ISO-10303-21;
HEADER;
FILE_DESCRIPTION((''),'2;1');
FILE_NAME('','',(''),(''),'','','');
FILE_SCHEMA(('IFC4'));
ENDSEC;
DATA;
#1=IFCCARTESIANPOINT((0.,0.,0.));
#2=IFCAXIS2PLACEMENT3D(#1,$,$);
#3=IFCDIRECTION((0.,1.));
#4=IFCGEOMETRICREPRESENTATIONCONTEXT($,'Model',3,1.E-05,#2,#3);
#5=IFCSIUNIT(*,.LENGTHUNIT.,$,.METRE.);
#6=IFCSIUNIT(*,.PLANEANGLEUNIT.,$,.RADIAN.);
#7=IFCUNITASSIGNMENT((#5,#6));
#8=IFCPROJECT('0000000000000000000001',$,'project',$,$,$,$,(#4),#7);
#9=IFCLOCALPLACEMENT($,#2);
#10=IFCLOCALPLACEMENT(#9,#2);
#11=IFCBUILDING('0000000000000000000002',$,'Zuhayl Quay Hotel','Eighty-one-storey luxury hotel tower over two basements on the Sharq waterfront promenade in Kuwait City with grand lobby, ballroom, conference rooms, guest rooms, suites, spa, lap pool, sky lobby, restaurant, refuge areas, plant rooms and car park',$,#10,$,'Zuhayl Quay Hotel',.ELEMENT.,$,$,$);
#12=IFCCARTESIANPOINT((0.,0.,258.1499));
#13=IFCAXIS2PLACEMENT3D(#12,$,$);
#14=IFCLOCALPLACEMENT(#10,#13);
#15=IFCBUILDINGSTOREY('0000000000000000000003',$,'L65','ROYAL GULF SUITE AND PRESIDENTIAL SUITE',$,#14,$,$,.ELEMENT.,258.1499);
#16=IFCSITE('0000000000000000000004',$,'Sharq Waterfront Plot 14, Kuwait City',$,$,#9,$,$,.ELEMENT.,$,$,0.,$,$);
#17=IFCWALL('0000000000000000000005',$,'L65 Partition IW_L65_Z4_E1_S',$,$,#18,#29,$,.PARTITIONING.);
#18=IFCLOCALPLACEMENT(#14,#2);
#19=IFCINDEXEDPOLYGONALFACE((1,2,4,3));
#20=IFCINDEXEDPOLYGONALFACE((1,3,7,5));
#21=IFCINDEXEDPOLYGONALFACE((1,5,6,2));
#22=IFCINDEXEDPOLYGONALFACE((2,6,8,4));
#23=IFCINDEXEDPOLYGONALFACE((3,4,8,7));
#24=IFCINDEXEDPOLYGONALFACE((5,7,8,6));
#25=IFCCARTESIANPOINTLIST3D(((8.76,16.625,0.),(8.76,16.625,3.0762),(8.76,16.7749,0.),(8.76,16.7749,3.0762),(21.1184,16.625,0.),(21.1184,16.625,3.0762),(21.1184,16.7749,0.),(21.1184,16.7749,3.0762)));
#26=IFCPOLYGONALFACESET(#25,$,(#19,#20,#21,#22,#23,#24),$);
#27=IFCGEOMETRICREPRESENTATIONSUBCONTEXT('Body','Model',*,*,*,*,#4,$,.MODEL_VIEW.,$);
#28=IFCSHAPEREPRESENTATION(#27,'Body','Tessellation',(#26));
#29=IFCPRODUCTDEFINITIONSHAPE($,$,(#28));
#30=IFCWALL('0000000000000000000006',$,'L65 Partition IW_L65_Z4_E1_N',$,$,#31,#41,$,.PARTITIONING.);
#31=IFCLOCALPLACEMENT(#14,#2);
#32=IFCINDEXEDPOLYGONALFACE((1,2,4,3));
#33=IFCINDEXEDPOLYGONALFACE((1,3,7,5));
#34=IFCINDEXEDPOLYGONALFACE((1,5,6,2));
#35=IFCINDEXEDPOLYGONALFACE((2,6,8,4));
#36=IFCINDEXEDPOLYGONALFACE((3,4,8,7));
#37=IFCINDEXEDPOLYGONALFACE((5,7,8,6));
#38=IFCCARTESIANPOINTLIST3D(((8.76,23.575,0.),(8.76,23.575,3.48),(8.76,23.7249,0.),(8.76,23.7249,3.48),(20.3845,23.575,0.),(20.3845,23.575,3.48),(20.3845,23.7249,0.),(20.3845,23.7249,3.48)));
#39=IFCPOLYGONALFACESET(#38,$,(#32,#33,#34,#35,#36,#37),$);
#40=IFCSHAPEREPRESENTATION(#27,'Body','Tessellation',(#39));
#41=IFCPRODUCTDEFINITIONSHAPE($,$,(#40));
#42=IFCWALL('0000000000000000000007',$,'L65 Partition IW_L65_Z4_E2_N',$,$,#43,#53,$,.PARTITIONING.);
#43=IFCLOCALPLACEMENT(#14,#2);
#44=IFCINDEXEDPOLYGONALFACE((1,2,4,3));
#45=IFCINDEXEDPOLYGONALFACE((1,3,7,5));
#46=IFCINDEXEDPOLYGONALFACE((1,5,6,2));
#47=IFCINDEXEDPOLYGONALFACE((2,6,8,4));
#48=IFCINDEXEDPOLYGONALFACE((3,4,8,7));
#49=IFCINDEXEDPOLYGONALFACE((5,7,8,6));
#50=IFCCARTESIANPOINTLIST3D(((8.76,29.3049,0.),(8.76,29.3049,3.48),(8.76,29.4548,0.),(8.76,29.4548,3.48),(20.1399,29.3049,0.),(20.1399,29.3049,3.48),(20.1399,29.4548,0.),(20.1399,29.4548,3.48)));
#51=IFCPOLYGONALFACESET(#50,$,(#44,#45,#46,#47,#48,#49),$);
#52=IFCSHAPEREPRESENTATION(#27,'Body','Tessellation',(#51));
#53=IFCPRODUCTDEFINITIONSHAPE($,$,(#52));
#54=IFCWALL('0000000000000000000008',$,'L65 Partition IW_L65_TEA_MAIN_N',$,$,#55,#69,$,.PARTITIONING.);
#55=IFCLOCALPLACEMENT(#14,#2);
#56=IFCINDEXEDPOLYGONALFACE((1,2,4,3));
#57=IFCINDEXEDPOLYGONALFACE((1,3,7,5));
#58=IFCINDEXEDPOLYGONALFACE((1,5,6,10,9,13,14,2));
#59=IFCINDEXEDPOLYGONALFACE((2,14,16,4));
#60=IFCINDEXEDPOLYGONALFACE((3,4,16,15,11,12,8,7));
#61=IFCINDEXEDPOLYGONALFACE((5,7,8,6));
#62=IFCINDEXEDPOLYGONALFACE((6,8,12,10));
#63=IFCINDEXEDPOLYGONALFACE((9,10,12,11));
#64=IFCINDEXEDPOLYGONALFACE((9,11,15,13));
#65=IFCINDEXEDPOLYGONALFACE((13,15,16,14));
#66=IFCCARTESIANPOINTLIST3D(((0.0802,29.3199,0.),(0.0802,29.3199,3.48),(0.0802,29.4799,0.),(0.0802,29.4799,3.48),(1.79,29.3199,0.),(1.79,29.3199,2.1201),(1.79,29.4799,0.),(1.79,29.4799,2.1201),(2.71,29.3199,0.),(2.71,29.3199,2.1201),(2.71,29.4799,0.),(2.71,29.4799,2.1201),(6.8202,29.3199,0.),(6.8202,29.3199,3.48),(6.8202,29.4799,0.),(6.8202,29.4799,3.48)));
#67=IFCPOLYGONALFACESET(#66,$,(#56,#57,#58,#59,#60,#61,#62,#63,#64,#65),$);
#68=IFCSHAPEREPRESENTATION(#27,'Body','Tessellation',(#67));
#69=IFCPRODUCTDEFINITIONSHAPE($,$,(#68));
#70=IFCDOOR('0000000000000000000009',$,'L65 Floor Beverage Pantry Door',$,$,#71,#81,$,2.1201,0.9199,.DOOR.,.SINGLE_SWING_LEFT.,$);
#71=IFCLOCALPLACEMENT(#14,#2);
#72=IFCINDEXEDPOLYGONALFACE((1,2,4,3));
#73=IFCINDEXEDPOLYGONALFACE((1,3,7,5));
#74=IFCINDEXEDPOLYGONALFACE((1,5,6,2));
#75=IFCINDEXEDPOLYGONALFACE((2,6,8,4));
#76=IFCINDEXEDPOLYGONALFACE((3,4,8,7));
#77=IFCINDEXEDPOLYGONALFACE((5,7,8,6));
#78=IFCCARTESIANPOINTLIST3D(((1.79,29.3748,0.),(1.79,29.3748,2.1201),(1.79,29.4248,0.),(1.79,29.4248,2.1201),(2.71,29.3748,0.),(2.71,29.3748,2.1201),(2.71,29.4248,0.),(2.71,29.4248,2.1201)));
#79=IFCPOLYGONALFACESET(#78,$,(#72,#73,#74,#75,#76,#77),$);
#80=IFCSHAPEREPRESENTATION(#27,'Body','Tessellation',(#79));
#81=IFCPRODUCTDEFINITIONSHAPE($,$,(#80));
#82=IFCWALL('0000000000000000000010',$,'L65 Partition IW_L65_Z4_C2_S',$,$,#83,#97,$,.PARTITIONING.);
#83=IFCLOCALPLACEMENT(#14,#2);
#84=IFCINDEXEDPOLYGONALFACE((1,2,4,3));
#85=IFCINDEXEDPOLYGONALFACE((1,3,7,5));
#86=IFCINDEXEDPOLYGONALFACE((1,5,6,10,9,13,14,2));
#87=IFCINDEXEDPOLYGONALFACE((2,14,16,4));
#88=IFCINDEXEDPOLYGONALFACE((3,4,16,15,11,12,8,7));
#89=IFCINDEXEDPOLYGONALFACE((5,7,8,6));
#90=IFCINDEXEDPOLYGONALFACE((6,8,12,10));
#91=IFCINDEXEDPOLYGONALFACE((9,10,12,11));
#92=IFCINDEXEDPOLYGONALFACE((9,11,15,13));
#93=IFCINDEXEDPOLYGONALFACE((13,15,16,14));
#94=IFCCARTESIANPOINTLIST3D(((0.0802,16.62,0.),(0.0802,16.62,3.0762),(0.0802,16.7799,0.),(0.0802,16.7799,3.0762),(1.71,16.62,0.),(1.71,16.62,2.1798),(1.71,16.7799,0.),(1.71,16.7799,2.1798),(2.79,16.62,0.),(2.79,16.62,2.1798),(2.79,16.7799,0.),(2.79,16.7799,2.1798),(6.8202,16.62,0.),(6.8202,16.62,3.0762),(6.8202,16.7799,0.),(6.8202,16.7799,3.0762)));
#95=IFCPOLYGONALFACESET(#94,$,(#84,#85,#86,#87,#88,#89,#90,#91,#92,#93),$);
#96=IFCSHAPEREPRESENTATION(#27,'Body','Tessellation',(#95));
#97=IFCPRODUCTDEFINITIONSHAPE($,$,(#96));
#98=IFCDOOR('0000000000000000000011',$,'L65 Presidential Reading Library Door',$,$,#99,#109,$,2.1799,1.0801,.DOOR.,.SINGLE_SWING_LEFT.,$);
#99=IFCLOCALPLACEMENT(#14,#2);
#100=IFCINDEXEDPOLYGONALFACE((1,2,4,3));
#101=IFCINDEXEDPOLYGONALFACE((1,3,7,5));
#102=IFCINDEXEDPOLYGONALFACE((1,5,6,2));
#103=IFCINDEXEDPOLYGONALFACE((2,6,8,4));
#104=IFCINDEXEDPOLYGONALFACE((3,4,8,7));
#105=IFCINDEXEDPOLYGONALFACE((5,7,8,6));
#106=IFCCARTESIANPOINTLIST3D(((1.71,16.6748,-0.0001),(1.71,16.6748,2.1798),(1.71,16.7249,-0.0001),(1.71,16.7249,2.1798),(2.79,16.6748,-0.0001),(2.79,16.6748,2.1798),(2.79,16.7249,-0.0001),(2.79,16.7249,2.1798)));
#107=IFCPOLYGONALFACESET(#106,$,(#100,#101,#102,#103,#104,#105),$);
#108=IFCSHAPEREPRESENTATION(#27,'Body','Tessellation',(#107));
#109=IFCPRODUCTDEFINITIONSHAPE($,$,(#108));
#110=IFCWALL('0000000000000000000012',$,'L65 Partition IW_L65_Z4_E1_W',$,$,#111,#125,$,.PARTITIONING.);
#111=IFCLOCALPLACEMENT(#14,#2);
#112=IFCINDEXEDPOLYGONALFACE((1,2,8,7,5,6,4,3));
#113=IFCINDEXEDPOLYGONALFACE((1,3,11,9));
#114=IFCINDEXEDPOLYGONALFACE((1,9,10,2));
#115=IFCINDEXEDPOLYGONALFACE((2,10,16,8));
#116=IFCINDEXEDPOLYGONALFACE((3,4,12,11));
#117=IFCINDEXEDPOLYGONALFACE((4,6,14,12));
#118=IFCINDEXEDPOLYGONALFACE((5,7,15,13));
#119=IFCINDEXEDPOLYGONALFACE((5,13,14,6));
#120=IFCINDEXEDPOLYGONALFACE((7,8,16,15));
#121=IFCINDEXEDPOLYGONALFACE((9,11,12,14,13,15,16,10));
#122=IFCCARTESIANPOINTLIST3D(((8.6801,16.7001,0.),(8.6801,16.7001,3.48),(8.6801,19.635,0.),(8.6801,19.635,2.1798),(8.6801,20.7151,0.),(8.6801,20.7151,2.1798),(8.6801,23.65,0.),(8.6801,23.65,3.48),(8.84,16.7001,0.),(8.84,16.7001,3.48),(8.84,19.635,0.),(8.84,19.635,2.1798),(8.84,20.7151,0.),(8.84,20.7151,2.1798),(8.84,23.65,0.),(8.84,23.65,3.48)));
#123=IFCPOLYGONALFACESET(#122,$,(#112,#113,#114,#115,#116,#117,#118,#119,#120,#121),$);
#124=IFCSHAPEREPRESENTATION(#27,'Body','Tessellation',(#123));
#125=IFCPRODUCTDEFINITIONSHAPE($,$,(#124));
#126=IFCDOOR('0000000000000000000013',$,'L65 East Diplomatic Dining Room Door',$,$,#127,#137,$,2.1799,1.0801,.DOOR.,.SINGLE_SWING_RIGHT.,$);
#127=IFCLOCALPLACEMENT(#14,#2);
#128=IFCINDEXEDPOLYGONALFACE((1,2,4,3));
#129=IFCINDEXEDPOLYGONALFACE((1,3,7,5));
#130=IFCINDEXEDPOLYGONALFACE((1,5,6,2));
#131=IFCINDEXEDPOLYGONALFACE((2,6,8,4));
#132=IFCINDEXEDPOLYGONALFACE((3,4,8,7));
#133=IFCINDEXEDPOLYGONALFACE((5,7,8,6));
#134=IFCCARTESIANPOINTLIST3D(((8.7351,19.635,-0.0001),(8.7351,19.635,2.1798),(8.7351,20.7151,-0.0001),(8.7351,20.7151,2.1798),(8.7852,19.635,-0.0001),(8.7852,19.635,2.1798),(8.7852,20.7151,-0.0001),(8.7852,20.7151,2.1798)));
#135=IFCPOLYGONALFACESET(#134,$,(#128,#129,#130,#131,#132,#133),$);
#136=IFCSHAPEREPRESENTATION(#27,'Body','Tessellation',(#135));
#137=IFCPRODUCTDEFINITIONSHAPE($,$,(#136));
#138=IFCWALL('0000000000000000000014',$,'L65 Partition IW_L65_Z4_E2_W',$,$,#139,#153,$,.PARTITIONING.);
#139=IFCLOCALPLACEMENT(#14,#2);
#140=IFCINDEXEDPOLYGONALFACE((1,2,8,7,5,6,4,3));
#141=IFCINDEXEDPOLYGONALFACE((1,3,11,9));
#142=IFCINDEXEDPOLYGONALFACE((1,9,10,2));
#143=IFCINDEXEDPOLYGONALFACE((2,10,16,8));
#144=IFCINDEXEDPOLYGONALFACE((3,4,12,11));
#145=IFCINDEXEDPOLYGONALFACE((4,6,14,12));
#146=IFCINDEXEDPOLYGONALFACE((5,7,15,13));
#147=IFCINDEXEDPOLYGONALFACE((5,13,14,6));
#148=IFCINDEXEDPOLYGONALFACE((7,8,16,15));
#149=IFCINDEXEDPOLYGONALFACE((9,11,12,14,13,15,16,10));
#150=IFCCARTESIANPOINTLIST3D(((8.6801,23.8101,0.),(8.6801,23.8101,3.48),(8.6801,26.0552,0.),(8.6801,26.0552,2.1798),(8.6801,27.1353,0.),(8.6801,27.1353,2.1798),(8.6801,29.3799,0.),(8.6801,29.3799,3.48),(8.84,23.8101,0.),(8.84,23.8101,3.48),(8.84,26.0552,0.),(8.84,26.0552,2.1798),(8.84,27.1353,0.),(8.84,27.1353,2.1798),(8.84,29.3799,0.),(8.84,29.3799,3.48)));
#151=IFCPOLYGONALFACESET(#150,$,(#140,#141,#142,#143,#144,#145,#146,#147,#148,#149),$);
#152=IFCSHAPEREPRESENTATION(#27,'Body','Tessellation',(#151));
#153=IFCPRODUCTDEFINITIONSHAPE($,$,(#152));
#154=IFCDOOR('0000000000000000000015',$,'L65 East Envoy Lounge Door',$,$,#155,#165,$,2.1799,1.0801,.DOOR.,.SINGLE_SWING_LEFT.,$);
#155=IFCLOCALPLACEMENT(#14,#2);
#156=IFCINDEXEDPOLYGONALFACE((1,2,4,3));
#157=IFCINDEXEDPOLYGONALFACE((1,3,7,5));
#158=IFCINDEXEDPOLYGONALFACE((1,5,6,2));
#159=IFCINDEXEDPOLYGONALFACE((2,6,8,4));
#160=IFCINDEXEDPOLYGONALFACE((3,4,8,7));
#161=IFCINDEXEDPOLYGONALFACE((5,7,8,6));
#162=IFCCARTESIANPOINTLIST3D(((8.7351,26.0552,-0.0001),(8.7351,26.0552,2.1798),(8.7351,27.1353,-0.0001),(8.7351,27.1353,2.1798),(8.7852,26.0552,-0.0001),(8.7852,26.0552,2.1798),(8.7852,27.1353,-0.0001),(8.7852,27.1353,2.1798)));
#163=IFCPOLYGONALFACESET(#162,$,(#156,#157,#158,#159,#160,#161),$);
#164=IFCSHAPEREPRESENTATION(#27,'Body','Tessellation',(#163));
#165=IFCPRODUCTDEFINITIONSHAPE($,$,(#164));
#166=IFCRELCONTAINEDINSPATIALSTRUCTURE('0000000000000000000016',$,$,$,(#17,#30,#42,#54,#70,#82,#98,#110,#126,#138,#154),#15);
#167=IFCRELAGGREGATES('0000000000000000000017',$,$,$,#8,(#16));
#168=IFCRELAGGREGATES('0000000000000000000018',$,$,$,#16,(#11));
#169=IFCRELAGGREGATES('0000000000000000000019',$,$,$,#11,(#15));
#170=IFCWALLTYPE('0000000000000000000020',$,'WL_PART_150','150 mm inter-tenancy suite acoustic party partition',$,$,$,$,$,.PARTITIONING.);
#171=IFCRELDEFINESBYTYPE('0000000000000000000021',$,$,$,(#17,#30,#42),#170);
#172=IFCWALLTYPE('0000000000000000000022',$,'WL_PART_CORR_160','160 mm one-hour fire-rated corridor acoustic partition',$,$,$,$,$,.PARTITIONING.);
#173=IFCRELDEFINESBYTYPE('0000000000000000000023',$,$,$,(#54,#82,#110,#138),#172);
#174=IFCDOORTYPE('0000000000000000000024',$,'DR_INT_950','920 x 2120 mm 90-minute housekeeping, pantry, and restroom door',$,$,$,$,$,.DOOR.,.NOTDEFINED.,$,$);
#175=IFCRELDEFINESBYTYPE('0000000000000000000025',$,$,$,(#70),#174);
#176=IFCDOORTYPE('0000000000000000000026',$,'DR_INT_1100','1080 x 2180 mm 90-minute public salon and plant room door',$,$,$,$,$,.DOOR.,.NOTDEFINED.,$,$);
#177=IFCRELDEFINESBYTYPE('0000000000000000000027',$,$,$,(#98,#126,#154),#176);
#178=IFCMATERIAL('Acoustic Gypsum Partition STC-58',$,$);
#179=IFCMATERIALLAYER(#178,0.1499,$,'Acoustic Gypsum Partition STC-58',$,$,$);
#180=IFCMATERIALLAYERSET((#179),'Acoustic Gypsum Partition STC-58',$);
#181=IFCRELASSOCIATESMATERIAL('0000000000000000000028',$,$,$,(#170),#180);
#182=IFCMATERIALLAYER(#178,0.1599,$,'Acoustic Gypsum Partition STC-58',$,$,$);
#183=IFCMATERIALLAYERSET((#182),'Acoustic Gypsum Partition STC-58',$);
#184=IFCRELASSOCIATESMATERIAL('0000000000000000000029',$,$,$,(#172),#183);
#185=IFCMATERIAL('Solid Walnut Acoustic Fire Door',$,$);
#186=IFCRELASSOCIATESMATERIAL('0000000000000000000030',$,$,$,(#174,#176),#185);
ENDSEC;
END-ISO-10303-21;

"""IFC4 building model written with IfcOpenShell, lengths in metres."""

from ifc_helpers import new_model, si_unit, direction, frame, frame_2d, origin, place, context, subcontext, project, spatial, rectangle, extrude, material, layer, layer_set, type_object, element, fill, save


model = new_model("IFC4")

# Units and contexts
model_context = context("Model", 3, precision=1e-05, world=origin(), true_north=direction((0.0, 1.0)))
body_context = subcontext(model_context, "Body", "Model", "MODEL_VIEW")
ifc_project = project(units=[si_unit("LENGTHUNIT", "METRE"), si_unit("PLANEANGLEUNIT", "RADIAN")], contexts=[model_context])

# Site, building, storey
site_placement = place(None, origin())
site = spatial("IfcSite", under=ifc_project, at=site_placement, Name="Sharq Waterfront Plot 14, Kuwait City", CompositionType="ELEMENT", RefElevation=0.0)
building_placement = place(site_placement, origin())
building = spatial("IfcBuilding", under=site, at=building_placement, Name="Zuhayl Quay Hotel", Description="Eighty-one-storey luxury hotel tower over two basements on the Sharq waterfront promenade in Kuwait City with grand lobby, ballroom, conference rooms, guest rooms, suites, spa, lap pool, sky lobby, restaurant, refuge areas, plant rooms and car park", LongName="Zuhayl Quay Hotel", CompositionType="ELEMENT")
storey_placement = place(building_placement, frame((0.0, 0.0, 258.1499)))
storey = spatial("IfcBuildingStorey", under=building, at=storey_placement, Name="L65", Description="ROYAL GULF SUITE AND PRESIDENTIAL SUITE", CompositionType="ELEMENT", Elevation=258.1499)

# Walls
ifc_material_1 = material(Name="Acoustic Gypsum Partition STC-58")
ifc_layer_1 = layer(ifc_material_1, 0.1499, Name="Acoustic Gypsum Partition STC-58")
ifc_layer_set_1 = layer_set([ifc_layer_1], Name="Acoustic Gypsum Partition STC-58")
wall_type_1 = type_object("IfcWallType", Name="WL_PART_150", Description="150 mm inter-tenancy suite acoustic party partition", PredefinedType="PARTITIONING", material=ifc_layer_set_1)
wall_1_placement = place(storey_placement, frame((8.76, 16.7, 0.0), z_axis=(0.0, 0.0, 1.0), x_axis=(1.0, 0.0, 0.0)))
element("IfcWall", 1, at=wall_1_placement, inside=storey, type_object=wall_type_1, Name="L65 Partition IW_L65_Z4_E1_S", PredefinedType="PARTITIONING", context=body_context, shape_type="SweptSolid", body=[
    extrude(rectangle(XDim=12.3584, YDim=0.1499, at=frame_2d((6.1792, 0.0))), origin(), (0.0, 0.0, 1.0), 3.0762),
])
wall_2_placement = place(storey_placement, frame((8.76, 23.6499, 0.0), z_axis=(0.0, 0.0, 1.0), x_axis=(1.0, 0.0, 0.0)))
element("IfcWall", 2, at=wall_2_placement, inside=storey, type_object=wall_type_1, Name="L65 Partition IW_L65_Z4_E1_N", PredefinedType="PARTITIONING", context=body_context, shape_type="SweptSolid", body=[
    extrude(rectangle(XDim=11.6245, YDim=0.1499, at=frame_2d((5.8123, 0.0))), origin(), (0.0, 0.0, 1.0), 3.48),
])
wall_3_placement = place(storey_placement, frame((8.76, 29.3799, 0.0), z_axis=(0.0, 0.0, 1.0), x_axis=(1.0, 0.0, 0.0)))
element("IfcWall", 3, at=wall_3_placement, inside=storey, type_object=wall_type_1, Name="L65 Partition IW_L65_Z4_E2_N", PredefinedType="PARTITIONING", context=body_context, shape_type="SweptSolid", body=[
    extrude(rectangle(XDim=11.3799, YDim=0.1499, at=frame_2d((5.6899, 0.0))), origin(), (0.0, 0.0, 1.0), 3.48),
])

# Walls, openings, doors
ifc_layer_2 = layer(ifc_material_1, 0.1599, Name="Acoustic Gypsum Partition STC-58")
ifc_layer_set_2 = layer_set([ifc_layer_2], Name="Acoustic Gypsum Partition STC-58")
wall_type_2 = type_object("IfcWallType", Name="WL_PART_CORR_160", Description="160 mm one-hour fire-rated corridor acoustic partition", PredefinedType="PARTITIONING", material=ifc_layer_set_2)
wall_4_placement = place(storey_placement, frame((0.0801, 29.3999, 0.0), z_axis=(0.0, 0.0, 1.0), x_axis=(1.0, 0.0, 0.0)))
wall_4 = element("IfcWall", 4, at=wall_4_placement, inside=storey, type_object=wall_type_2, Name="L65 Partition IW_L65_TEA_MAIN_N", PredefinedType="PARTITIONING", context=body_context, shape_type="SweptSolid", body=[
    extrude(rectangle(XDim=6.74, YDim=0.1599, at=frame_2d((3.3701, 0.0))), origin(), (0.0, 0.0, 1.0), 3.48),
])
opening_1_placement = place(wall_4_placement, frame((1.71, 0.0, 0.0)))
opening_1 = element("IfcOpeningElement", 5, at=opening_1_placement, cuts=wall_4, PredefinedType="OPENING", context=body_context, shape_type="SweptSolid", body=[
    extrude(rectangle(XDim=0.9199, YDim=2.1201, at=frame_2d((0.46, 1.0601))), frame((0.0, 0.0898, 0.0), z_axis=(0.0, -1.0, 0.0), x_axis=(1.0, 0.0, 0.0)), (0.0, 0.0, 1.0), 0.1799),
])
ifc_material_2 = material(Name="Solid Walnut Acoustic Fire Door")
door_type_1 = type_object("IfcDoorType", Name="DR_INT_950", Description="920 x 2120 mm 90-minute housekeeping, pantry, and restroom door", OperationType="NOTDEFINED", PredefinedType="DOOR", material=ifc_material_2)
door_1_placement = place(opening_1_placement, origin())
door_1 = element("IfcDoor", 6, at=door_1_placement, inside=storey, type_object=door_type_1, Name="L65 Floor Beverage Pantry Door", OperationType="SINGLE_SWING_LEFT", OverallHeight=2.1201, OverallWidth=0.9199, PredefinedType="DOOR", context=body_context, shape_type="SweptSolid", body=[
    extrude(rectangle(XDim=0.9199, YDim=2.1201, at=frame_2d((0.46, 1.0601))), frame((0.0, 0.0249, 0.0), z_axis=(0.0, -1.0, 0.0), x_axis=(1.0, 0.0, 0.0)), (0.0, 0.0, 1.0), 0.05),
])
fill(opening_1, door_1)
wall_5_placement = place(storey_placement, frame((0.0801, 16.7, 0.0), z_axis=(0.0, 0.0, 1.0), x_axis=(1.0, 0.0, 0.0)))
wall_5 = element("IfcWall", 7, at=wall_5_placement, inside=storey, type_object=wall_type_2, Name="L65 Partition IW_L65_Z4_C2_S", PredefinedType="PARTITIONING", context=body_context, shape_type="SweptSolid", body=[
    extrude(rectangle(XDim=6.74, YDim=0.1599, at=frame_2d((3.3701, 0.0))), origin(), (0.0, 0.0, 1.0), 3.0762),
])
opening_2_placement = place(wall_5_placement, frame((1.6299, 0.0, 0.0)))
opening_2 = element("IfcOpeningElement", 8, at=opening_2_placement, cuts=wall_5, PredefinedType="OPENING", context=body_context, shape_type="SweptSolid", body=[
    extrude(rectangle(XDim=1.0801, YDim=2.1799, at=frame_2d((0.54, 1.0898))), frame((0.0, 0.0898, 0.0), z_axis=(0.0, -1.0, 0.0), x_axis=(1.0, 0.0, 0.0)), (0.0, 0.0, 1.0), 0.1799),
])
door_type_2 = type_object("IfcDoorType", Name="DR_INT_1100", Description="1080 x 2180 mm 90-minute public salon and plant room door", OperationType="NOTDEFINED", PredefinedType="DOOR", material=ifc_material_2)
door_2_placement = place(opening_2_placement, origin())
door_2 = element("IfcDoor", 9, at=door_2_placement, inside=storey, type_object=door_type_2, Name="L65 Presidential Reading Library Door", OperationType="SINGLE_SWING_LEFT", OverallHeight=2.1799, OverallWidth=1.0801, PredefinedType="DOOR", context=body_context, shape_type="SweptSolid", body=[
    extrude(rectangle(XDim=1.0801, YDim=2.1799, at=frame_2d((0.54, 1.0898))), frame((0.0, 0.0249, 0.0), z_axis=(0.0, -1.0, 0.0), x_axis=(1.0, 0.0, 0.0)), (0.0, 0.0, 1.0), 0.05),
])
fill(opening_2, door_2)
wall_6_placement = place(storey_placement, frame((8.76, 16.7, 0.0), z_axis=(0.0, 0.0, 1.0), x_axis=(0.0, 1.0, 0.0)))
wall_6 = element("IfcWall", 10, at=wall_6_placement, inside=storey, type_object=wall_type_2, Name="L65 Partition IW_L65_Z4_E1_W", PredefinedType="PARTITIONING", context=body_context, shape_type="SweptSolid", body=[
    extrude(rectangle(XDim=6.95, YDim=0.1599, at=frame_2d((3.4751, 0.0))), origin(), (0.0, 0.0, 1.0), 3.48),
])
opening_3_placement = place(wall_6_placement, frame((2.9351, 0.0, 0.0)))
opening_3 = element("IfcOpeningElement", 11, at=opening_3_placement, cuts=wall_6, PredefinedType="OPENING", context=body_context, shape_type="SweptSolid", body=[
    extrude(rectangle(XDim=1.0801, YDim=2.1799, at=frame_2d((0.54, 1.0898))), frame((0.0, 0.0898, 0.0), z_axis=(0.0, -1.0, 0.0), x_axis=(1.0, 0.0, 0.0)), (0.0, 0.0, 1.0), 0.1799),
])
door_3_placement = place(opening_3_placement, origin())
door_3 = element("IfcDoor", 12, at=door_3_placement, inside=storey, type_object=door_type_2, Name="L65 East Diplomatic Dining Room Door", OperationType="SINGLE_SWING_RIGHT", OverallHeight=2.1799, OverallWidth=1.0801, PredefinedType="DOOR", context=body_context, shape_type="SweptSolid", body=[
    extrude(rectangle(XDim=1.0801, YDim=2.1799, at=frame_2d((0.54, 1.0898))), frame((0.0, 0.0249, 0.0), z_axis=(0.0, -1.0, 0.0), x_axis=(1.0, 0.0, 0.0)), (0.0, 0.0, 1.0), 0.05),
])
fill(opening_3, door_3)
wall_7_placement = place(storey_placement, frame((8.76, 23.8101, 0.0), z_axis=(0.0, 0.0, 1.0), x_axis=(0.0, 1.0, 0.0)))
wall_7 = element("IfcWall", 13, at=wall_7_placement, inside=storey, type_object=wall_type_2, Name="L65 Partition IW_L65_Z4_E2_W", PredefinedType="PARTITIONING", context=body_context, shape_type="SweptSolid", body=[
    extrude(rectangle(XDim=5.5698, YDim=0.1599, at=frame_2d((2.7849, 0.0))), origin(), (0.0, 0.0, 1.0), 3.48),
])
opening_4_placement = place(wall_7_placement, frame((2.2451, 0.0, 0.0)))
opening_4 = element("IfcOpeningElement", 14, at=opening_4_placement, cuts=wall_7, PredefinedType="OPENING", context=body_context, shape_type="SweptSolid", body=[
    extrude(rectangle(XDim=1.0801, YDim=2.1799, at=frame_2d((0.54, 1.0898))), frame((0.0, 0.0898, 0.0), z_axis=(0.0, -1.0, 0.0), x_axis=(1.0, 0.0, 0.0)), (0.0, 0.0, 1.0), 0.1799),
])
door_4_placement = place(opening_4_placement, origin())
door_4 = element("IfcDoor", 15, at=door_4_placement, inside=storey, type_object=door_type_2, Name="L65 East Envoy Lounge Door", OperationType="SINGLE_SWING_LEFT", OverallHeight=2.1799, OverallWidth=1.0801, PredefinedType="DOOR", context=body_context, shape_type="SweptSolid", body=[
    extrude(rectangle(XDim=1.0801, YDim=2.1799, at=frame_2d((0.54, 1.0898))), frame((0.0, 0.0249, 0.0), z_axis=(0.0, -1.0, 0.0), x_axis=(1.0, 0.0, 0.0)), (0.0, 0.0, 1.0), 0.05),
])
fill(opening_4, door_4)

save(model, "model.ifc")
